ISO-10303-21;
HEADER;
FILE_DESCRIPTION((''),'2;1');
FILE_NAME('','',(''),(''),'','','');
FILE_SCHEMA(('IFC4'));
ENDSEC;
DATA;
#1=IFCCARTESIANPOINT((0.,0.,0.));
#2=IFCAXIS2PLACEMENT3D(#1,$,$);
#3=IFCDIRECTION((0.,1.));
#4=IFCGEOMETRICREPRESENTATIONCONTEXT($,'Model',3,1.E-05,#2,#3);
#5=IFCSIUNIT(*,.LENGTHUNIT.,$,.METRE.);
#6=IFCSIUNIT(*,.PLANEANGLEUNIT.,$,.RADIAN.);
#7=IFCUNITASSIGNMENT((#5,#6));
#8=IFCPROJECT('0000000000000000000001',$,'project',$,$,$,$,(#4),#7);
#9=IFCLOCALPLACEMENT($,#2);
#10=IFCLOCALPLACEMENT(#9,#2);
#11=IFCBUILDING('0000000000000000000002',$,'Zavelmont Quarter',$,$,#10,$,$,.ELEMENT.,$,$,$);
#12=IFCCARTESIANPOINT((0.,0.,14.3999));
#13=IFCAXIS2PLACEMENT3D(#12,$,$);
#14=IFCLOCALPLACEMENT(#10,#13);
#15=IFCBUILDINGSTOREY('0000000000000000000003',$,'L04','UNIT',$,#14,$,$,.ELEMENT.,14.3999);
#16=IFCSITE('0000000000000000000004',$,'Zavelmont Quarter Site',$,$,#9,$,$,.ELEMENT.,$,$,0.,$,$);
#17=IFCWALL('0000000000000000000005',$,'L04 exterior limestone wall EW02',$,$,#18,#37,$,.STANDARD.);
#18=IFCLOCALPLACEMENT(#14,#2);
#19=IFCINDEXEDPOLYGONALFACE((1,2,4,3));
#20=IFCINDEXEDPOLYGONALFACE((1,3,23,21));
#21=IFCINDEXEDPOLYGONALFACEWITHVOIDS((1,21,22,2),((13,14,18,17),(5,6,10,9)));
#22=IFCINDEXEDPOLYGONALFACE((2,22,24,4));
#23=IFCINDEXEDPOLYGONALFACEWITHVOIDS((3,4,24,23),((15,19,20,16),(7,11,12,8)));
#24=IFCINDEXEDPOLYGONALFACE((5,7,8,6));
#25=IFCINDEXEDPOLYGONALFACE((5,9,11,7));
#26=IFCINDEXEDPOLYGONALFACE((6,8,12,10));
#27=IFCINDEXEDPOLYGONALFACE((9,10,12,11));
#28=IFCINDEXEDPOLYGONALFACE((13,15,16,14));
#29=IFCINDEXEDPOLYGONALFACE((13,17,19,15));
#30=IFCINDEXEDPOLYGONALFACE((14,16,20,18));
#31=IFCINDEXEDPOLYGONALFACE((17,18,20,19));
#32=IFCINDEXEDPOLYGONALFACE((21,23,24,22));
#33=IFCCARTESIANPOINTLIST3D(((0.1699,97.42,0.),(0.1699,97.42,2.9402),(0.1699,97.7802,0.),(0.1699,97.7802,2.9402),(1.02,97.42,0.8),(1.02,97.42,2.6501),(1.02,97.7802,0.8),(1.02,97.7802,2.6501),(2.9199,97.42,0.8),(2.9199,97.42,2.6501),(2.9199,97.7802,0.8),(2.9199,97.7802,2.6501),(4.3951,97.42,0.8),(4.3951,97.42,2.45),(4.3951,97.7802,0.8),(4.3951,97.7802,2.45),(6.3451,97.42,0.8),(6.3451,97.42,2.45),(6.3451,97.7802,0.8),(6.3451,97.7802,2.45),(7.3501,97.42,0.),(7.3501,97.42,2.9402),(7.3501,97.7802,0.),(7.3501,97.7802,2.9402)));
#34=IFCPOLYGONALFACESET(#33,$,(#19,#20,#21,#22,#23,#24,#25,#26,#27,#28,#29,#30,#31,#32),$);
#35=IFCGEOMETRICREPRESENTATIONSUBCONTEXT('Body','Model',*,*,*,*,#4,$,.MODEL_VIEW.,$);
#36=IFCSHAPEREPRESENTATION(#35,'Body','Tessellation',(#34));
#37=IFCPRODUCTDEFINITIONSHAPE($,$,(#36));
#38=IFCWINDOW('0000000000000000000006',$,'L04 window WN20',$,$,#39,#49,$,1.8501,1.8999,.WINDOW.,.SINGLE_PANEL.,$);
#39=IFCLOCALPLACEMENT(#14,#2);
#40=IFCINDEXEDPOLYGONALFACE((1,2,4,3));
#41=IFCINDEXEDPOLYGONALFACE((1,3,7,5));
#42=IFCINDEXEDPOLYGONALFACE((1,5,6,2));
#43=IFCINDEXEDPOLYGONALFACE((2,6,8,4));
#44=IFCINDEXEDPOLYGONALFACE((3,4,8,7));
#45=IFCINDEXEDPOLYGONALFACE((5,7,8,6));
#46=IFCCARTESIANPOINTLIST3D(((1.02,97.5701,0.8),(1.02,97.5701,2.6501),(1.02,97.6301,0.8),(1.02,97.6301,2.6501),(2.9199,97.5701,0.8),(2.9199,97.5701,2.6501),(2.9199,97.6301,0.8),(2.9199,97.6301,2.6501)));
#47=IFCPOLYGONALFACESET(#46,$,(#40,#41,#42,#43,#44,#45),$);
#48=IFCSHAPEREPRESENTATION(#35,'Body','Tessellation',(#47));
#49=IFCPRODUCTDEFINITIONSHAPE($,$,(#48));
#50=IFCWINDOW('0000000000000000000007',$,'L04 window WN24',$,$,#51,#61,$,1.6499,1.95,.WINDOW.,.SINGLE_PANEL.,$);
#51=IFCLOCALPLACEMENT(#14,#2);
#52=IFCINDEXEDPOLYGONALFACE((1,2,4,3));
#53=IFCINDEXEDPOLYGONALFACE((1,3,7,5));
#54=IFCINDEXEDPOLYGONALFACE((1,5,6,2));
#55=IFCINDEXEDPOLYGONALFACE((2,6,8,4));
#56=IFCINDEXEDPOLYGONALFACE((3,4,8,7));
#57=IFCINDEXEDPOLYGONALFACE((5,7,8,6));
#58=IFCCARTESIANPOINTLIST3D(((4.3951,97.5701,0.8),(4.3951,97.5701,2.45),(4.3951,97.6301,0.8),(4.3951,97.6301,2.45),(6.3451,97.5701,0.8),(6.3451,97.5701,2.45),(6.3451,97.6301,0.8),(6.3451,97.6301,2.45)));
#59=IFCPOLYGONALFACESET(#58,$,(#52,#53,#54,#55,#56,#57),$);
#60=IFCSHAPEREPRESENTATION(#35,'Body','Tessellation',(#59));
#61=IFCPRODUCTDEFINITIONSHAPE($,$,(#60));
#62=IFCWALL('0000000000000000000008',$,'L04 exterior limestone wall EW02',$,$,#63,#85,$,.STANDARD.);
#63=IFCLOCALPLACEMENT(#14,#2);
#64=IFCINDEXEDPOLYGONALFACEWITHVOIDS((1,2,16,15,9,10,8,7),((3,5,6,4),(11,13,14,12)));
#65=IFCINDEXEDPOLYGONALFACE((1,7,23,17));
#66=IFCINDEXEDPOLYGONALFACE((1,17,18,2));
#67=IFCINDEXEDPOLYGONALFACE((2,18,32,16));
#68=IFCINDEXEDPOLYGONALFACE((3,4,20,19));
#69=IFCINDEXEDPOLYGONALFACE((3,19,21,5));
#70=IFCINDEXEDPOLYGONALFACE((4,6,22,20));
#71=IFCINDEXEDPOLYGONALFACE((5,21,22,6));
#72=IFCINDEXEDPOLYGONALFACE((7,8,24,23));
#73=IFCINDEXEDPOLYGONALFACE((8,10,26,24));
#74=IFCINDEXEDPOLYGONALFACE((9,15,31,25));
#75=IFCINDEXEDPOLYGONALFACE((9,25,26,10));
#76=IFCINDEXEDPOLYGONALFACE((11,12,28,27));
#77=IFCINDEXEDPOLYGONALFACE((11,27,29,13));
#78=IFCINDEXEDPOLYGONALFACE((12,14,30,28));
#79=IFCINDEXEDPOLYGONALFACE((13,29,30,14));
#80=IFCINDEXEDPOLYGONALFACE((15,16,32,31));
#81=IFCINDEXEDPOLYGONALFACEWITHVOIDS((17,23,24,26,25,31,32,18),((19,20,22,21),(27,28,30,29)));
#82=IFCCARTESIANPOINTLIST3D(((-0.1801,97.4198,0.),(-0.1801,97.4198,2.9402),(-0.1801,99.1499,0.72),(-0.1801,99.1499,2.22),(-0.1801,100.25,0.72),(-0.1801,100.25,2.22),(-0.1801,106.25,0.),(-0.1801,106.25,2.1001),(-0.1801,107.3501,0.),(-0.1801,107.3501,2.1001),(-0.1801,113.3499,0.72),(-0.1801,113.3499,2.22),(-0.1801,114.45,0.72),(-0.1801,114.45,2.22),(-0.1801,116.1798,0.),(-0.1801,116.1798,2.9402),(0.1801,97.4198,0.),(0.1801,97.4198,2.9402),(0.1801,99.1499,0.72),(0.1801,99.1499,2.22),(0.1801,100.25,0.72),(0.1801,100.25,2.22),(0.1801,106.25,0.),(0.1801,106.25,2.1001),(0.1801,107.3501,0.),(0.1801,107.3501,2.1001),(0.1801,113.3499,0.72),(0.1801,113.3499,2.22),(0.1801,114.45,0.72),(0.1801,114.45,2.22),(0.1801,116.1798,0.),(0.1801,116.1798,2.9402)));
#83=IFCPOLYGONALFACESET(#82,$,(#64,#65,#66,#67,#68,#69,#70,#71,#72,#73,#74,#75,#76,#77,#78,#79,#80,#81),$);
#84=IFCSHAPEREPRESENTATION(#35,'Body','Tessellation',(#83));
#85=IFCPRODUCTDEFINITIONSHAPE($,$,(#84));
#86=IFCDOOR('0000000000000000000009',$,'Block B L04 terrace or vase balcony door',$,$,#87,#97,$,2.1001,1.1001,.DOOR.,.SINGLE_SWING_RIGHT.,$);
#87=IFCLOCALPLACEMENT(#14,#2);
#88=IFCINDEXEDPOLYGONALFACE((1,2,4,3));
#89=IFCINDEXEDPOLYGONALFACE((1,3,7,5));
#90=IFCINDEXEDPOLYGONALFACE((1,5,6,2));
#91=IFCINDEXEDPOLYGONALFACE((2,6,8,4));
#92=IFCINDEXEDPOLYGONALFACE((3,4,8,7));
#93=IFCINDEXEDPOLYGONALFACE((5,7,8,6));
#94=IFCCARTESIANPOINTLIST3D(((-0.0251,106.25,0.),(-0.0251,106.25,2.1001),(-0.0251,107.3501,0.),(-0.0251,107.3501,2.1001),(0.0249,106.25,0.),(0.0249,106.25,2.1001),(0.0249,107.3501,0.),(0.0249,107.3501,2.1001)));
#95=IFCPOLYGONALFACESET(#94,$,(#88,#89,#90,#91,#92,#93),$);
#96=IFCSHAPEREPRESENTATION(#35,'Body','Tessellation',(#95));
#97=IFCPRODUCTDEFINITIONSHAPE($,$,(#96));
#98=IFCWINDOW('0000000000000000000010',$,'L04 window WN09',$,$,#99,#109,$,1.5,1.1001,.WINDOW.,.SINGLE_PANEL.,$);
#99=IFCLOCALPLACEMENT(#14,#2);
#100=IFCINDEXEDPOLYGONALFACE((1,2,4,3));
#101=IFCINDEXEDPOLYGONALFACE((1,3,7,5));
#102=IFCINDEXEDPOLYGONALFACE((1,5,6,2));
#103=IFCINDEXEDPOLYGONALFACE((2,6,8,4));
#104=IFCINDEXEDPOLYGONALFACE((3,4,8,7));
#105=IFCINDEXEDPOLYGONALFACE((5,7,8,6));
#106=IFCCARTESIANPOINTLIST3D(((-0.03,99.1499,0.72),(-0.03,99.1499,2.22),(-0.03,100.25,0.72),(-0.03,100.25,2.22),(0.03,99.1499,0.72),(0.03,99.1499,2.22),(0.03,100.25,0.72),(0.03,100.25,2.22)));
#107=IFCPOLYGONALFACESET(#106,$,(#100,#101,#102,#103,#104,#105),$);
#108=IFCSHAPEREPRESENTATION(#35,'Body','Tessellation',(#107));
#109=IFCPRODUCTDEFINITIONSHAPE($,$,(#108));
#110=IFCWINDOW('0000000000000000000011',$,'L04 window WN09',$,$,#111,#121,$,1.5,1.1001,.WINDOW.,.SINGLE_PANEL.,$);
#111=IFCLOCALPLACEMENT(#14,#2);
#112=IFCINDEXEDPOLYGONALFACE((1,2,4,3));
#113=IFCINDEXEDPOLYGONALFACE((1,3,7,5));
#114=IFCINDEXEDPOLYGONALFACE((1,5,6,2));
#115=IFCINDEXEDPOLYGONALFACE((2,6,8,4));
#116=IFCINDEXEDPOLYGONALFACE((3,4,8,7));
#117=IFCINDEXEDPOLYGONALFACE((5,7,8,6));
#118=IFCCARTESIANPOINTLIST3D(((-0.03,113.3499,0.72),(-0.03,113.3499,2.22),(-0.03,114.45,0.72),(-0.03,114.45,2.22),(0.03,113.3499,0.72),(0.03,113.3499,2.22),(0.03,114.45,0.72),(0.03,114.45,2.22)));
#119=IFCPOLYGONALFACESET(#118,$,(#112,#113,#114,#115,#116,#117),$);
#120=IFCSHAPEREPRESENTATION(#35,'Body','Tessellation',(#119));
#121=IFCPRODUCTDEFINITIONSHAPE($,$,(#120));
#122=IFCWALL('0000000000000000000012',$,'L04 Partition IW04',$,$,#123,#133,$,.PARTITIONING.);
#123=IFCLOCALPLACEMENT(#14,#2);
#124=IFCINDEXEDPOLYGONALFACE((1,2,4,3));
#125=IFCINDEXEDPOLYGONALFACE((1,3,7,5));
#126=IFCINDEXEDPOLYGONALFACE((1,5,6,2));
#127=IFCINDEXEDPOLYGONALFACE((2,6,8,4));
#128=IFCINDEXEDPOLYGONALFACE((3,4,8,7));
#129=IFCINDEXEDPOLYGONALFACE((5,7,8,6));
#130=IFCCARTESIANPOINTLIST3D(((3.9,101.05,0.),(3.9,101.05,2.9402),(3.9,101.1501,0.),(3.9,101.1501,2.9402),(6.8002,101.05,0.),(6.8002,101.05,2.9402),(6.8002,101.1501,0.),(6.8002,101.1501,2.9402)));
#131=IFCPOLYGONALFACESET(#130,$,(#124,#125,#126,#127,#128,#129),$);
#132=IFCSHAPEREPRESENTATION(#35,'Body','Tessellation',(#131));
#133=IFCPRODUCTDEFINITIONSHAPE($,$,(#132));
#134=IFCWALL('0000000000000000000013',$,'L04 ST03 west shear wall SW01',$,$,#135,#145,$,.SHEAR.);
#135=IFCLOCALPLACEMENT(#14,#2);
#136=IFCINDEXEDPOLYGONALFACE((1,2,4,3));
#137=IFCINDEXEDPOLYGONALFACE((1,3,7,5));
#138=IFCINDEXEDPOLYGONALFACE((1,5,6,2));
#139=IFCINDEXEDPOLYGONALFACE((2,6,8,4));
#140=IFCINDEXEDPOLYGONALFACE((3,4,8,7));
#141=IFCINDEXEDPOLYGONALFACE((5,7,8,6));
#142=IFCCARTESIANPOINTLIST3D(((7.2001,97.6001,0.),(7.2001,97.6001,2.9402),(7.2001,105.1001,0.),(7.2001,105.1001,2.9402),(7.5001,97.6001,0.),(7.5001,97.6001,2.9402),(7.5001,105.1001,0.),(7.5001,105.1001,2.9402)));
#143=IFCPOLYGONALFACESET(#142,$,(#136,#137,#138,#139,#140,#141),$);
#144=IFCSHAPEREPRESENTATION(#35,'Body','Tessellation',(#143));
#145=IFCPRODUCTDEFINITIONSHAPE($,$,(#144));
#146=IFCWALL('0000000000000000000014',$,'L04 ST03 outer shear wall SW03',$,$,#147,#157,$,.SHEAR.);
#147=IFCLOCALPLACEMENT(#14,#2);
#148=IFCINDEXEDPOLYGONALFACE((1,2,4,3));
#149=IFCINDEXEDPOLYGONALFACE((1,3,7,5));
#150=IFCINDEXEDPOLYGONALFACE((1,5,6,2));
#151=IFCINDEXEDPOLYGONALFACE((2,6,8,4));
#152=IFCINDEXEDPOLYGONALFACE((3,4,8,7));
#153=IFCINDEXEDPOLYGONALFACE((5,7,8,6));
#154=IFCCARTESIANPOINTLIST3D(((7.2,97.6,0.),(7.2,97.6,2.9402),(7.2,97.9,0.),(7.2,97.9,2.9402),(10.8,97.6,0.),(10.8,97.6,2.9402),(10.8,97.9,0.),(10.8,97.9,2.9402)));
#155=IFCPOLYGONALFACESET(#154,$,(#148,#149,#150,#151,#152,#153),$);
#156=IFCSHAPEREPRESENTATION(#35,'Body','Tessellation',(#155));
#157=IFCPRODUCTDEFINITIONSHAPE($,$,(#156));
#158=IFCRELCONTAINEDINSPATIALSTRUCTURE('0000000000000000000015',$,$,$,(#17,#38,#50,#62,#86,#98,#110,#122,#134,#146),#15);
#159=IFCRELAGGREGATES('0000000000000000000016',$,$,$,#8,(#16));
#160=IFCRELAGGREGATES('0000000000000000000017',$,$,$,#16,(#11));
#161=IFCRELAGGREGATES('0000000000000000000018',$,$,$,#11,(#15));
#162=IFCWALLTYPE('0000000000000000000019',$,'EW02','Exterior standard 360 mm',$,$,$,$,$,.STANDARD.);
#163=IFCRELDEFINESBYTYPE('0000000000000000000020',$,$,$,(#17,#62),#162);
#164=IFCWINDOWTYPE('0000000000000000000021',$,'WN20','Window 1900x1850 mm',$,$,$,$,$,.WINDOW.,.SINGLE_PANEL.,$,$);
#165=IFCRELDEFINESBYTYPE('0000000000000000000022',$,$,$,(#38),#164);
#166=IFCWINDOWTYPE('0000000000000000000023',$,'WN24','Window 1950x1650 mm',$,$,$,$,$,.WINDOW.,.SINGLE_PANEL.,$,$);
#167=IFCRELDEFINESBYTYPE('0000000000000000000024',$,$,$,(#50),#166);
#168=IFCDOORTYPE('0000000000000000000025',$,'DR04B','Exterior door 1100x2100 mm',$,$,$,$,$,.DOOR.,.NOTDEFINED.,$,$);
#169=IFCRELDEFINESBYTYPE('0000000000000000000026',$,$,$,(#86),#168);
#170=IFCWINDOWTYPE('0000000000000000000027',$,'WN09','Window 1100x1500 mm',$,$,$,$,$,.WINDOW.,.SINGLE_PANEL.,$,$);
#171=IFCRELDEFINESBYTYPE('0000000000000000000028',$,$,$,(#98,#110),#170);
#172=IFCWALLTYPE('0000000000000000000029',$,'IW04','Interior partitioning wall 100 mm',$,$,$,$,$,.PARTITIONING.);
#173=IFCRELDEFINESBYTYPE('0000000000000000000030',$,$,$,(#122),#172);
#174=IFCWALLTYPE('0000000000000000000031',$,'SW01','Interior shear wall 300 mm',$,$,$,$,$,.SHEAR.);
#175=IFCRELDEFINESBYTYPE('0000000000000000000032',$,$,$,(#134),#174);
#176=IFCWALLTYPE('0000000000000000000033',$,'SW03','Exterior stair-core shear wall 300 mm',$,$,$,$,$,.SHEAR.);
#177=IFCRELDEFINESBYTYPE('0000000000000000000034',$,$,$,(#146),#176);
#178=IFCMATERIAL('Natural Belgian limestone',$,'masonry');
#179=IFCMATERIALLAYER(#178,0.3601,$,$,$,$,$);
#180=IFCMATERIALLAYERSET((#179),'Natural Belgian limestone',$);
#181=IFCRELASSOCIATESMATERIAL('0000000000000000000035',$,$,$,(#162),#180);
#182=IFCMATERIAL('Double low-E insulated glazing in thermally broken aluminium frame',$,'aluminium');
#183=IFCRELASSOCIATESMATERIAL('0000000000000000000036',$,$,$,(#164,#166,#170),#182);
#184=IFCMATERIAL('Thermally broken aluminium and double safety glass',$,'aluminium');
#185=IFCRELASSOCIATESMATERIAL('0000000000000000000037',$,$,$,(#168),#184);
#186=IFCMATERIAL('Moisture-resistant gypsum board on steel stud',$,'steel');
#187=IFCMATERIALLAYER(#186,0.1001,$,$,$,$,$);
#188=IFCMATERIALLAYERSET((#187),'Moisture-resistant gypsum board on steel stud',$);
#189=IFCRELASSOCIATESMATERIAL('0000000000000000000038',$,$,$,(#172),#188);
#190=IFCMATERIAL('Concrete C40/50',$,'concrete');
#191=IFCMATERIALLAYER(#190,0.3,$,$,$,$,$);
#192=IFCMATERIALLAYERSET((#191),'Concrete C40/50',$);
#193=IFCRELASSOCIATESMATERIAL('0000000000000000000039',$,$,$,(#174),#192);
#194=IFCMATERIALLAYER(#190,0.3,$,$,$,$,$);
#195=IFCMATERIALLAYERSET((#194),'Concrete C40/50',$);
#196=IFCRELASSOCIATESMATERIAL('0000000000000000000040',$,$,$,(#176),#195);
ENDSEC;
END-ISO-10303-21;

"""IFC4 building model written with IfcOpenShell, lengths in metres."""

from ifc_helpers import new_model, si_unit, direction, frame, frame_2d, origin, origin_with_axes, place, context, subcontext, project, spatial, rectangle, extrude, material, layer, layer_set, type_object, element, fill, save


model = new_model("IFC4")

# Units and contexts
model_context = context("Model", 3, precision=1e-05, world=origin(), true_north=direction((0.0, 1.0)))
body_context = subcontext(model_context, "Body", "Model", "MODEL_VIEW")
ifc_project = project(units=[si_unit("LENGTHUNIT", "METRE"), si_unit("PLANEANGLEUNIT", "RADIAN")], contexts=[model_context])

# Site, building, storey
site_placement = place(None, origin())
site = spatial("IfcSite", under=ifc_project, at=site_placement, Name="Zavelmont Quarter Site", CompositionType="ELEMENT", RefElevation=0.0)
building_placement = place(site_placement, origin())
building = spatial("IfcBuilding", under=site, at=building_placement, Name="Zavelmont Quarter", CompositionType="ELEMENT")
storey_placement = place(building_placement, frame((0.0, 0.0, 14.3999)))
storey = spatial("IfcBuildingStorey", under=building, at=storey_placement, Name="L04", Description="UNIT", CompositionType="ELEMENT", Elevation=14.3999)

# Shared definitions
ifc_material_1 = material(Name="Concrete C40/50", Category="concrete")

# Wall, openings, windows
ifc_material_2 = material(Name="Natural Belgian limestone", Category="masonry")
ifc_layer_1 = layer(ifc_material_2, 0.3601)
ifc_layer_set_1 = layer_set([ifc_layer_1], Name="Natural Belgian limestone")
wall_type_1 = type_object("IfcWallType", Name="EW02", Description="Exterior standard 360 mm", PredefinedType="STANDARD", material=ifc_layer_set_1)
wall_1_placement = place(storey_placement, frame((0.1699, 97.6001, 0.0), z_axis=(0.0, 0.0, 1.0), x_axis=(1.0, 0.0, 0.0)))
wall_1 = element("IfcWall", 1, at=wall_1_placement, inside=storey, type_object=wall_type_1, Name="L04 exterior limestone wall EW02", PredefinedType="STANDARD", context=body_context, shape_type="SweptSolid", body=[
    extrude(rectangle(XDim=7.1802, YDim=0.3601, at=frame_2d((3.5901, 0.0))), origin(), (0.0, 0.0, 1.0), 2.9402),
])
opening_1_placement = place(wall_1_placement, frame((0.8501, 0.0, 0.8)))
opening_1 = element("IfcOpeningElement", 2, at=opening_1_placement, cuts=wall_1, PredefinedType="OPENING", context=body_context, shape_type="SweptSolid", body=[
    extrude(rectangle(XDim=1.8999, YDim=1.8501, at=frame_2d((0.95, 0.925))), frame((0.0, 0.1919, 0.0), z_axis=(0.0, -1.0, 0.0), x_axis=(1.0, 0.0, 0.0)), (0.0, 0.0, 1.0), 0.384),
])
opening_2_placement = place(wall_1_placement, frame((4.2251, 0.0, 0.8)))
opening_2 = element("IfcOpeningElement", 3, at=opening_2_placement, cuts=wall_1, PredefinedType="OPENING", context=body_context, shape_type="SweptSolid", body=[
    extrude(rectangle(XDim=1.95, YDim=1.6499, at=frame_2d((0.9751, 0.825))), frame((0.0, 0.1919, 0.0), z_axis=(0.0, -1.0, 0.0), x_axis=(1.0, 0.0, 0.0)), (0.0, 0.0, 1.0), 0.384),
])
ifc_material_3 = material(Name="Double low-E insulated glazing in thermally broken aluminium frame", Category="aluminium")
window_type_1 = type_object("IfcWindowType", Name="WN20", Description="Window 1900x1850 mm", PartitioningType="SINGLE_PANEL", PredefinedType="WINDOW", material=ifc_material_3)
window_1_placement = place(opening_1_placement, origin_with_axes())
window_1 = element("IfcWindow", 4, at=window_1_placement, inside=storey, type_object=window_type_1, Name="L04 window WN20", OverallHeight=1.8501, OverallWidth=1.8999, PartitioningType="SINGLE_PANEL", PredefinedType="WINDOW", context=body_context, shape_type="SweptSolid", body=[
    extrude(rectangle(XDim=1.8999, YDim=1.8501, at=frame_2d((0.95, 0.925))), frame((0.0, 0.03, 0.0), z_axis=(0.0, -1.0, 0.0), x_axis=(1.0, 0.0, 0.0)), (0.0, 0.0, 1.0), 0.0601),
])
fill(opening_1, window_1)
window_type_2 = type_object("IfcWindowType", Name="WN24", Description="Window 1950x1650 mm", PartitioningType="SINGLE_PANEL", PredefinedType="WINDOW", material=ifc_material_3)
window_2_placement = place(opening_2_placement, origin_with_axes())
window_2 = element("IfcWindow", 5, at=window_2_placement, inside=storey, type_object=window_type_2, Name="L04 window WN24", OverallHeight=1.6499, OverallWidth=1.95, PartitioningType="SINGLE_PANEL", PredefinedType="WINDOW", context=body_context, shape_type="SweptSolid", body=[
    extrude(rectangle(XDim=1.95, YDim=1.6499, at=frame_2d((0.9751, 0.825))), frame((0.0, 0.03, 0.0), z_axis=(0.0, -1.0, 0.0), x_axis=(1.0, 0.0, 0.0)), (0.0, 0.0, 1.0), 0.0601),
])
fill(opening_2, window_2)

# Wall, openings, door, windows
wall_2_placement = place(storey_placement, frame((0.0, 97.4199, 0.0), z_axis=(0.0, 0.0, 1.0), x_axis=(0.0, 1.0, 0.0)))
wall_2 = element("IfcWall", 6, at=wall_2_placement, inside=storey, type_object=wall_type_1, Name="L04 exterior limestone wall EW02", PredefinedType="STANDARD", context=body_context, shape_type="SweptSolid", body=[
    extrude(rectangle(XDim=18.76, YDim=0.3601, at=frame_2d((9.3799, 0.0))), origin(), (0.0, 0.0, 1.0), 2.9402),
])
opening_3_placement = place(wall_2_placement, frame((8.8301, 0.0, 0.0)))
opening_3 = element("IfcOpeningElement", 7, at=opening_3_placement, cuts=wall_2, PredefinedType="OPENING", context=body_context, shape_type="SweptSolid", body=[
    extrude(rectangle(XDim=1.1001, YDim=2.1001, at=frame_2d((0.55, 1.05))), frame((0.0, 0.1919, 0.0), z_axis=(0.0, -1.0, 0.0), x_axis=(1.0, 0.0, 0.0)), (0.0, 0.0, 1.0), 0.384),
])
opening_4_placement = place(wall_2_placement, frame((1.73, 0.0, 0.72)))
opening_4 = element("IfcOpeningElement", 8, at=opening_4_placement, cuts=wall_2, PredefinedType="OPENING", context=body_context, shape_type="SweptSolid", body=[
    extrude(rectangle(XDim=1.1001, YDim=1.5, at=frame_2d((0.55, 0.75))), frame((0.0, 0.1919, 0.0), z_axis=(0.0, -1.0, 0.0), x_axis=(1.0, 0.0, 0.0)), (0.0, 0.0, 1.0), 0.384),
])
opening_5_placement = place(wall_2_placement, frame((15.9299, 0.0, 0.72)))
opening_5 = element("IfcOpeningElement", 9, at=opening_5_placement, cuts=wall_2, PredefinedType="OPENING", context=body_context, shape_type="SweptSolid", body=[
    extrude(rectangle(XDim=1.1001, YDim=1.5, at=frame_2d((0.55, 0.75))), frame((0.0, 0.1919, 0.0), z_axis=(0.0, -1.0, 0.0), x_axis=(1.0, 0.0, 0.0)), (0.0, 0.0, 1.0), 0.384),
])
ifc_material_4 = material(Name="Thermally broken aluminium and double safety glass", Category="aluminium")
door_type = type_object("IfcDoorType", Name="DR04B", Description="Exterior door 1100x2100 mm", OperationType="NOTDEFINED", PredefinedType="DOOR", material=ifc_material_4)
door_placement = place(opening_3_placement, frame((1.1001, 0.0, 0.0), z_axis=(0.0, 0.0, 1.0), x_axis=(-1.0, 0.0, 0.0)))
door = element("IfcDoor", 10, at=door_placement, inside=storey, type_object=door_type, Name="Block B L04 terrace or vase balcony door", OperationType="SINGLE_SWING_RIGHT", OverallHeight=2.1001, OverallWidth=1.1001, PredefinedType="DOOR", context=body_context, shape_type="SweptSolid", body=[
    extrude(rectangle(XDim=1.1001, YDim=2.1001, at=frame_2d((0.55, 1.05))), frame((0.0, 0.0249, 0.0), z_axis=(0.0, -1.0, 0.0), x_axis=(1.0, 0.0, 0.0)), (0.0, 0.0, 1.0), 0.05),
])
fill(opening_3, door)
window_type_3 = type_object("IfcWindowType", Name="WN09", Description="Window 1100x1500 mm", PartitioningType="SINGLE_PANEL", PredefinedType="WINDOW", material=ifc_material_3)
window_3_placement = place(opening_4_placement, origin_with_axes())
window_3 = element("IfcWindow", 11, at=window_3_placement, inside=storey, type_object=window_type_3, Name="L04 window WN09", OverallHeight=1.5, OverallWidth=1.1001, PartitioningType="SINGLE_PANEL", PredefinedType="WINDOW", context=body_context, shape_type="SweptSolid", body=[
    extrude(rectangle(XDim=1.1001, YDim=1.5, at=frame_2d((0.55, 0.75))), frame((0.0, 0.03, 0.0), z_axis=(0.0, -1.0, 0.0), x_axis=(1.0, 0.0, 0.0)), (0.0, 0.0, 1.0), 0.0601),
])
fill(opening_4, window_3)
window_4_placement = place(opening_5_placement, origin_with_axes())
window_4 = element("IfcWindow", 12, at=window_4_placement, inside=storey, type_object=window_type_3, Name="L04 window WN09", OverallHeight=1.5, OverallWidth=1.1001, PartitioningType="SINGLE_PANEL", PredefinedType="WINDOW", context=body_context, shape_type="SweptSolid", body=[
    extrude(rectangle(XDim=1.1001, YDim=1.5, at=frame_2d((0.55, 0.75))), frame((0.0, 0.03, 0.0), z_axis=(0.0, -1.0, 0.0), x_axis=(1.0, 0.0, 0.0)), (0.0, 0.0, 1.0), 0.0601),
])
fill(opening_5, window_4)

# Walls
ifc_material_5 = material(Name="Moisture-resistant gypsum board on steel stud", Category="steel")
ifc_layer_2 = layer(ifc_material_5, 0.1001)
ifc_layer_set_2 = layer_set([ifc_layer_2], Name="Moisture-resistant gypsum board on steel stud")
wall_type_2 = type_object("IfcWallType", Name="IW04", Description="Interior partitioning wall 100 mm", PredefinedType="PARTITIONING", material=ifc_layer_set_2)
wall_3_placement = place(storey_placement, frame((3.8999, 101.1001, 0.0), z_axis=(0.0, 0.0, 1.0), x_axis=(1.0, 0.0, 0.0)))
element("IfcWall", 13, at=wall_3_placement, inside=storey, type_object=wall_type_2, Name="L04 Partition IW04", PredefinedType="PARTITIONING", context=body_context, shape_type="SweptSolid", body=[
    extrude(rectangle(XDim=2.9001, YDim=0.1001, at=frame_2d((1.4502, 0.0))), origin(), (0.0, 0.0, 1.0), 2.9402),
])
ifc_layer_3 = layer(ifc_material_1, 0.3)
ifc_layer_set_3 = layer_set([ifc_layer_3], Name="Concrete C40/50")
wall_type_3 = type_object("IfcWallType", Name="SW01", Description="Interior shear wall 300 mm", PredefinedType="SHEAR", material=ifc_layer_set_3)
wall_4_placement = place(storey_placement, frame((7.3501, 97.6001, 0.0), z_axis=(0.0, 0.0, 1.0), x_axis=(0.0, 1.0, 0.0)))
element("IfcWall", 14, at=wall_4_placement, inside=storey, type_object=wall_type_3, Name="L04 ST03 west shear wall SW01", PredefinedType="SHEAR", context=body_context, shape_type="SweptSolid", body=[
    extrude(rectangle(XDim=7.5, YDim=0.3, at=frame_2d((3.75, 0.0))), origin(), (0.0, 0.0, 1.0), 2.9402),
])
ifc_layer_4 = layer(ifc_material_1, 0.3)
ifc_layer_set_4 = layer_set([ifc_layer_4], Name="Concrete C40/50")
wall_type_4 = type_object("IfcWallType", Name="SW03", Description="Exterior stair-core shear wall 300 mm", PredefinedType="SHEAR", material=ifc_layer_set_4)
wall_5_placement = place(storey_placement, frame((7.2, 97.75, 0.0), z_axis=(0.0, 0.0, 1.0), x_axis=(1.0, 0.0, 0.0)))
element("IfcWall", 15, at=wall_5_placement, inside=storey, type_object=wall_type_4, Name="L04 ST03 outer shear wall SW03", PredefinedType="SHEAR", context=body_context, shape_type="SweptSolid", body=[
    extrude(rectangle(XDim=3.6001, YDim=0.3, at=frame_2d((1.8, 0.0))), origin(), (0.0, 0.0, 1.0), 2.9402),
])

save(model, "model.ifc")
